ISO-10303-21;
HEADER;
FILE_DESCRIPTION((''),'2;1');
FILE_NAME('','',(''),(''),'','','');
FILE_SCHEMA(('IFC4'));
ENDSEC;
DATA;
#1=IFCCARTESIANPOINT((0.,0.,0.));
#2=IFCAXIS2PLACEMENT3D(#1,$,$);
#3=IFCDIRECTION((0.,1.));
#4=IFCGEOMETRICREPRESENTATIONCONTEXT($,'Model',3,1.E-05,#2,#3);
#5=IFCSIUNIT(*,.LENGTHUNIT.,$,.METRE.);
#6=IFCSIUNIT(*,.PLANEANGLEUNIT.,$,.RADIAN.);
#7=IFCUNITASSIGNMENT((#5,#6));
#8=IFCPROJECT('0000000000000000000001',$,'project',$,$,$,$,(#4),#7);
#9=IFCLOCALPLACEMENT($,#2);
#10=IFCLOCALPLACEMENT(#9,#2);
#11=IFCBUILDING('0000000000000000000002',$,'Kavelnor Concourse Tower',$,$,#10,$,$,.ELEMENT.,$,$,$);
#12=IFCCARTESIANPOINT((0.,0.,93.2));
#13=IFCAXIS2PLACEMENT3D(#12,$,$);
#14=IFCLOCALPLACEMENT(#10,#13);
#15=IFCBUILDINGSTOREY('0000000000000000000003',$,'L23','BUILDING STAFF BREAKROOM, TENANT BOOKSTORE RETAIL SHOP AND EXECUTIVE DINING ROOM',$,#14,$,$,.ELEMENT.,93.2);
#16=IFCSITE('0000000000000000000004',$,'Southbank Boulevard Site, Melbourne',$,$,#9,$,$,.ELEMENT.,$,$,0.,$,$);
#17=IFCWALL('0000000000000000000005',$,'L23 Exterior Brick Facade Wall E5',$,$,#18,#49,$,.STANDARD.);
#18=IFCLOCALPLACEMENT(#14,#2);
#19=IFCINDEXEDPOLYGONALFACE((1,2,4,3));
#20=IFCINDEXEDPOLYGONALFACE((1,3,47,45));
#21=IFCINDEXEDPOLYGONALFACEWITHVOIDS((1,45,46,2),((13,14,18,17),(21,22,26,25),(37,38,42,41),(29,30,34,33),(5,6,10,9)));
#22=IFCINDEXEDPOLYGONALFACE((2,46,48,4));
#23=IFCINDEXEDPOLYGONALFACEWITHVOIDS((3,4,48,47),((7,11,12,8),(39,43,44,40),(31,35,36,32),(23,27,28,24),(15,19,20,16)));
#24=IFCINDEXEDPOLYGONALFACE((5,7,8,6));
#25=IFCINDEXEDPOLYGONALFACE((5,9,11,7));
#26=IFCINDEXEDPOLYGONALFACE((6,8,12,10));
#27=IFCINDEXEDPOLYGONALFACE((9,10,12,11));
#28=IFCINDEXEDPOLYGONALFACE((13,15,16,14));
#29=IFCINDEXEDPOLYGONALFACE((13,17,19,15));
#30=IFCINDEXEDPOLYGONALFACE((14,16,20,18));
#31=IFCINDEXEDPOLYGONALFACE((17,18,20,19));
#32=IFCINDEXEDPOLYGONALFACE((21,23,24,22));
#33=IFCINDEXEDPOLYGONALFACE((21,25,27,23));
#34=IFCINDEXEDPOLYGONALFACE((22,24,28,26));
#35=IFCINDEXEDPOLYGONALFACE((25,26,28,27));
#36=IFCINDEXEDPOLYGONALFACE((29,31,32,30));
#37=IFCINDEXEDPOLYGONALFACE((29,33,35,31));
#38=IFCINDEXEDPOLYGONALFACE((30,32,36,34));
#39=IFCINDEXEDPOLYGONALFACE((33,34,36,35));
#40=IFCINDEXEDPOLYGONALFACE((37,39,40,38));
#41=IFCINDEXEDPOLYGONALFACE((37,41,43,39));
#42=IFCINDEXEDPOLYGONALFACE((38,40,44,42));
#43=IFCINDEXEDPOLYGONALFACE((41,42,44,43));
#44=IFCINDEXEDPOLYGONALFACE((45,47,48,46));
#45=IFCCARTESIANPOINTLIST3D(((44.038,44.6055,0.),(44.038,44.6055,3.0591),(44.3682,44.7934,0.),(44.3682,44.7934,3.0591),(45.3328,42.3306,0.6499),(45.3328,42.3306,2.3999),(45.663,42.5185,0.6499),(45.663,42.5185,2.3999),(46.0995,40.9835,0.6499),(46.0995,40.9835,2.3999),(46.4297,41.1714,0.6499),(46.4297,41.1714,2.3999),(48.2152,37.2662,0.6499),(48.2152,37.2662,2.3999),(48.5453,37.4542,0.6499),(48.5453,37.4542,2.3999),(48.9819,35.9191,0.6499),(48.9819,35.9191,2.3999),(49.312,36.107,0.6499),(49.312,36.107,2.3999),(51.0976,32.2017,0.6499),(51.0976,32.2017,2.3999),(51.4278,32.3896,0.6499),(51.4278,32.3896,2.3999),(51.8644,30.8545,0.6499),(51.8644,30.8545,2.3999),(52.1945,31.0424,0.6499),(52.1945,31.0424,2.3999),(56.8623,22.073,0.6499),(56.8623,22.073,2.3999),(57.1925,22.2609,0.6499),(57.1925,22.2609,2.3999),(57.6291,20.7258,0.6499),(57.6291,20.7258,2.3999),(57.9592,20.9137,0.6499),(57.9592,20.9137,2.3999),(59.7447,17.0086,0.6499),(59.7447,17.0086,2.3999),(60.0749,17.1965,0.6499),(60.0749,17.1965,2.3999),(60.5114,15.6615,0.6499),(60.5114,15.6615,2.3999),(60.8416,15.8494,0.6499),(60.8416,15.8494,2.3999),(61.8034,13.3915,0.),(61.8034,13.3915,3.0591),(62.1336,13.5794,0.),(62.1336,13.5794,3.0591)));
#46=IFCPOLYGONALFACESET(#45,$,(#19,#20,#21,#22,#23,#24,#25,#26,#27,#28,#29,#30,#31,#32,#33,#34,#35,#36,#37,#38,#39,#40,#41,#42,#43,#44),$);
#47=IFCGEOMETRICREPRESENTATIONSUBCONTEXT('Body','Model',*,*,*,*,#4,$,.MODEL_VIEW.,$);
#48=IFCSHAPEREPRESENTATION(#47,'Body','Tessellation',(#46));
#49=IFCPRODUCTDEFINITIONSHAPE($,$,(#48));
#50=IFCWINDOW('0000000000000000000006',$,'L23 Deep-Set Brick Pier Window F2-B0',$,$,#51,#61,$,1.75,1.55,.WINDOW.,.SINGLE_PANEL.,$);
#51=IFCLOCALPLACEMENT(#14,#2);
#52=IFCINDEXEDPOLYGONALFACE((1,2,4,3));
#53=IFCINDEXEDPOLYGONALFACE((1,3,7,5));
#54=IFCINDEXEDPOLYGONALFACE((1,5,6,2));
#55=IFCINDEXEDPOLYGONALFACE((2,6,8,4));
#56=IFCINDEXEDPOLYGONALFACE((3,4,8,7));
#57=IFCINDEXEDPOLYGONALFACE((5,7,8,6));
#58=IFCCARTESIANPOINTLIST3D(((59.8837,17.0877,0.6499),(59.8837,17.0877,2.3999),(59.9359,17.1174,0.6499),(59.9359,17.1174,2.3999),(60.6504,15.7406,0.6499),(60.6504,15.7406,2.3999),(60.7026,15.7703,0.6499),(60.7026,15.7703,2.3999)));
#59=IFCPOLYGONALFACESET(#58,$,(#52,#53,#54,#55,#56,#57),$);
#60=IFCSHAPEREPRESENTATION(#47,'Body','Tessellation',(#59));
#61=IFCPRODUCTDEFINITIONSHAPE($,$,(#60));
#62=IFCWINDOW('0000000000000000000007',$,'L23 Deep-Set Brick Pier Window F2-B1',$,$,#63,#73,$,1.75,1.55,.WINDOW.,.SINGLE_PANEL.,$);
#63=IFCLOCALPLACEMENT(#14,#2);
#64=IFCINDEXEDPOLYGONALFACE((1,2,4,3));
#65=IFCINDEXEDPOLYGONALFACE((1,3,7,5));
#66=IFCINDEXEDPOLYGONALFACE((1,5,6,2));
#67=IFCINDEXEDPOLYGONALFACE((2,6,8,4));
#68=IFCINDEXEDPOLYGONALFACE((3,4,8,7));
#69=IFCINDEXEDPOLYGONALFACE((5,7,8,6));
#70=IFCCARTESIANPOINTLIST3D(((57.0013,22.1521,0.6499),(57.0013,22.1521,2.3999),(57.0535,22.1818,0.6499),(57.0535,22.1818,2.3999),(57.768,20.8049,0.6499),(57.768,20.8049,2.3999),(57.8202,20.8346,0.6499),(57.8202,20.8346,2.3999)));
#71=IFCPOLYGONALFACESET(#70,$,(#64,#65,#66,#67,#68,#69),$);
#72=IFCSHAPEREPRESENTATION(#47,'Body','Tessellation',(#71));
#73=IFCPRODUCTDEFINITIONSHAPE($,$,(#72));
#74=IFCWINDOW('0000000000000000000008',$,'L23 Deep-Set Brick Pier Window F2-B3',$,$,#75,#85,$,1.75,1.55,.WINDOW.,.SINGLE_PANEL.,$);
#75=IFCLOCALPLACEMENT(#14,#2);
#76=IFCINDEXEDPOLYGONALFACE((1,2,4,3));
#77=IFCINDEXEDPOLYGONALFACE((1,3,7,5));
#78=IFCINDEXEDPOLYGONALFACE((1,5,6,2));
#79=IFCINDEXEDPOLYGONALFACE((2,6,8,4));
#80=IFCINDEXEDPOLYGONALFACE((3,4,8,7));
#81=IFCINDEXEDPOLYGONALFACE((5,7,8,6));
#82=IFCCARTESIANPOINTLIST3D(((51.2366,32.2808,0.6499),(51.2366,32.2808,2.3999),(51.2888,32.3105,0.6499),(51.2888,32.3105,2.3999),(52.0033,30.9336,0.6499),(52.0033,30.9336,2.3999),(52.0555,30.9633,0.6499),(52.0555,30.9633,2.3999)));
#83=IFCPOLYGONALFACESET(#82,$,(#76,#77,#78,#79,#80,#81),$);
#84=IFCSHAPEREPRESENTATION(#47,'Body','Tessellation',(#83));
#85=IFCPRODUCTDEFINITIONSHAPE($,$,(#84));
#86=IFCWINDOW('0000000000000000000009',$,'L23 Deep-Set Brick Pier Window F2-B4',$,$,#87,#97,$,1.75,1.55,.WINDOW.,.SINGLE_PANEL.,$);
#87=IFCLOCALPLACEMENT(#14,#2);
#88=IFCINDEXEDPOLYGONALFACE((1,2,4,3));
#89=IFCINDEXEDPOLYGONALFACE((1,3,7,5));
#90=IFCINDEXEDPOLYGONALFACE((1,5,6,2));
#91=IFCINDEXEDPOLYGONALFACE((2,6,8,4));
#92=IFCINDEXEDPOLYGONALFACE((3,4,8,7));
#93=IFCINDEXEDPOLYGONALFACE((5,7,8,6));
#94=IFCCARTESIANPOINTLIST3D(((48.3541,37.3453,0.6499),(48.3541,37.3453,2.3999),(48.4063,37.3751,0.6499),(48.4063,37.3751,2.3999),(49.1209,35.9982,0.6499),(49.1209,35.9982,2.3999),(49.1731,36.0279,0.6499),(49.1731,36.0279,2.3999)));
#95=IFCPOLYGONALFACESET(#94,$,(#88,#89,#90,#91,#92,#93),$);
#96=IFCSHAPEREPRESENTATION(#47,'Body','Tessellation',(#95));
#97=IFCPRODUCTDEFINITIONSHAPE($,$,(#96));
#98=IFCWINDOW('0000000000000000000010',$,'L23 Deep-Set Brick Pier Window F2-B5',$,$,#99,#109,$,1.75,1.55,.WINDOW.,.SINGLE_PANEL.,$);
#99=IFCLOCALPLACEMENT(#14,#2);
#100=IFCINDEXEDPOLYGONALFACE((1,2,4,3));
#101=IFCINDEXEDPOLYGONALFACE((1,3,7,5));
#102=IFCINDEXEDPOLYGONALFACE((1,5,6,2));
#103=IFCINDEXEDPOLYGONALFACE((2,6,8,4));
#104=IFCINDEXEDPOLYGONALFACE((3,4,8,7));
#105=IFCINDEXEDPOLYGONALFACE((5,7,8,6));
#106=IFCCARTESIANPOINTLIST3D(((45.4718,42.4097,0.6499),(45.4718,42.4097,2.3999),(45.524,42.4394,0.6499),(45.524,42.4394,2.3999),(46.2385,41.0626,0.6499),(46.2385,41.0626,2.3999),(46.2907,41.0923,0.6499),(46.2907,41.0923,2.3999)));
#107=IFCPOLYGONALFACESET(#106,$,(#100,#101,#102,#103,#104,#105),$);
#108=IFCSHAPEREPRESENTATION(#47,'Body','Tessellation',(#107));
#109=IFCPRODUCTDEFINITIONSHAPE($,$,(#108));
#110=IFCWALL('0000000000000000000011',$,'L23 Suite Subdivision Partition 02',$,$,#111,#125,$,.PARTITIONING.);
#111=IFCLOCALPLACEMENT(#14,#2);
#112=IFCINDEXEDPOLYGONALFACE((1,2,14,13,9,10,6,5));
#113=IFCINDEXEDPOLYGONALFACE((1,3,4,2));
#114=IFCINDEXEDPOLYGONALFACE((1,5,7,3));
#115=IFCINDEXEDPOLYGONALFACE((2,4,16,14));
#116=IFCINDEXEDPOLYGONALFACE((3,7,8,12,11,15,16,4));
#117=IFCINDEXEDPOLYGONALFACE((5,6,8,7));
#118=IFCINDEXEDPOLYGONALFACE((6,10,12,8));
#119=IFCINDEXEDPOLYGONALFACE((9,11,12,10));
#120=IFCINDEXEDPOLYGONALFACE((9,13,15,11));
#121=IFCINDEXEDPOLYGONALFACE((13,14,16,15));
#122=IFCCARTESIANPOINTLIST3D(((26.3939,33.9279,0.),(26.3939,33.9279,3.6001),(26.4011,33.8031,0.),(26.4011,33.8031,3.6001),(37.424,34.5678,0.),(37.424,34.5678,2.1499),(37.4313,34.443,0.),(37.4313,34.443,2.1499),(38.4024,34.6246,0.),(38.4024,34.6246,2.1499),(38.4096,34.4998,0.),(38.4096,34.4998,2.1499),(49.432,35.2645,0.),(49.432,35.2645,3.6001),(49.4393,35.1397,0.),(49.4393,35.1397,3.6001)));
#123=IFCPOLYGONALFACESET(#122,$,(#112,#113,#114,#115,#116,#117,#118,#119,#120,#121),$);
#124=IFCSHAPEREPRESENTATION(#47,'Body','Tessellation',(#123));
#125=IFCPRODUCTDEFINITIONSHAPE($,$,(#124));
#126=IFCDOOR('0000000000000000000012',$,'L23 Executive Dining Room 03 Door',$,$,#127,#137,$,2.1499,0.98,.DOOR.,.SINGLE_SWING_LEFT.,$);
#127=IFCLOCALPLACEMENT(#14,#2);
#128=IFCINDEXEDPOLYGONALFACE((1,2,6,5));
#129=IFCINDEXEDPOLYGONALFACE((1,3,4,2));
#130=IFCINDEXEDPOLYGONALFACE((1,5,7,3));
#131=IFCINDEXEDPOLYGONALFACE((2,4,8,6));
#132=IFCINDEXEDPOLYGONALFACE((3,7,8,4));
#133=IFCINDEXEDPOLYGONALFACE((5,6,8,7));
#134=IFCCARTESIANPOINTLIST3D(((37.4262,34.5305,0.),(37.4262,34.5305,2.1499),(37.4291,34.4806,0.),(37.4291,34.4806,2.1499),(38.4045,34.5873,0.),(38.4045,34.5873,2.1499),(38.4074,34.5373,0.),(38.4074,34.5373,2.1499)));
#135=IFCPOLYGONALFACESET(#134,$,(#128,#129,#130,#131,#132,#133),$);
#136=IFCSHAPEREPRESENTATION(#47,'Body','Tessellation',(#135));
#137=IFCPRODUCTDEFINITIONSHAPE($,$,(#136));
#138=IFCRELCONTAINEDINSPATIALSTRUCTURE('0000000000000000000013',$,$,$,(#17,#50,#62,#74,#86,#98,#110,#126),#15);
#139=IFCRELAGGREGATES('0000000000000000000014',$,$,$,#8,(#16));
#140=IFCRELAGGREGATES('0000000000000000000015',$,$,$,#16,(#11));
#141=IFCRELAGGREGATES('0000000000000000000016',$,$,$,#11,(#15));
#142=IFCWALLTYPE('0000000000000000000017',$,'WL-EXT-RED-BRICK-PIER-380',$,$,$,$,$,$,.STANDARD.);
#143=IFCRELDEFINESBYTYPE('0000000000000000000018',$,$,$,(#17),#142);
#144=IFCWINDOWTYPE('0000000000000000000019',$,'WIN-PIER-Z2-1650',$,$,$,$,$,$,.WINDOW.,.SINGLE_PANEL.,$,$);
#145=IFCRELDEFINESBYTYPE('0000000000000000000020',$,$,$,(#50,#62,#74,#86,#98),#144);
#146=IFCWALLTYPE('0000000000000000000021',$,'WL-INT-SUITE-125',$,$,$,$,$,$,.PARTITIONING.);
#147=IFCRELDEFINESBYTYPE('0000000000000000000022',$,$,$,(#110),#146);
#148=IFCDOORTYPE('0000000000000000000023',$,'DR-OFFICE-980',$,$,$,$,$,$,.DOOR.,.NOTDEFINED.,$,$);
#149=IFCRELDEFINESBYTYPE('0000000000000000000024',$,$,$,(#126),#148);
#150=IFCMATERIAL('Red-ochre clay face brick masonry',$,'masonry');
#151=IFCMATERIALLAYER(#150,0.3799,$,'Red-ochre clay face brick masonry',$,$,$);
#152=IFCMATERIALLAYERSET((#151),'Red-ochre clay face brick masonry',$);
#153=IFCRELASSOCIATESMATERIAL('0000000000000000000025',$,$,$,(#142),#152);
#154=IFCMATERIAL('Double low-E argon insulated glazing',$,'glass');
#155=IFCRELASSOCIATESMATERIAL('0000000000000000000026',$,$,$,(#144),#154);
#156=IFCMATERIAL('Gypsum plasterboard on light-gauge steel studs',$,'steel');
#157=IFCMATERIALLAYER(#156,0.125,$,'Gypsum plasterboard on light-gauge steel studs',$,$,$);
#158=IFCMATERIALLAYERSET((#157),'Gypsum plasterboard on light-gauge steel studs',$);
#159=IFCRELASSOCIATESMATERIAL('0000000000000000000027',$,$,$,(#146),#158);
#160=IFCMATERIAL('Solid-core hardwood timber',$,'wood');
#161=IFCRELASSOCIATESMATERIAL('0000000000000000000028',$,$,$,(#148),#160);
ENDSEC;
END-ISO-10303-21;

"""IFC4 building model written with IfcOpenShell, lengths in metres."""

from ifc_helpers import new_model, si_unit, direction, frame, frame_2d, origin, place, context, subcontext, project, spatial, rectangle, extrude, material, layer, layer_set, type_object, element, fill, save


model = new_model("IFC4")

# Units and contexts
model_context = context("Model", 3, precision=1e-05, world=origin(), true_north=direction((0.0, 1.0)))
body_context = subcontext(model_context, "Body", "Model", "MODEL_VIEW")
ifc_project = project(units=[si_unit("LENGTHUNIT", "METRE"), si_unit("PLANEANGLEUNIT", "RADIAN")], contexts=[model_context])

# Site, building, storey
site_placement = place(None, origin())
site = spatial("IfcSite", under=ifc_project, at=site_placement, Name="Southbank Boulevard Site, Melbourne", CompositionType="ELEMENT", RefElevation=0.0)
building_placement = place(site_placement, origin())
building = spatial("IfcBuilding", under=site, at=building_placement, Name="Kavelnor Concourse Tower", CompositionType="ELEMENT")
storey_placement = place(building_placement, frame((0.0, 0.0, 93.2)))
storey = spatial("IfcBuildingStorey", under=building, at=storey_placement, Name="L23", Description="BUILDING STAFF BREAKROOM, TENANT BOOKSTORE RETAIL SHOP AND EXECUTIVE DINING ROOM", CompositionType="ELEMENT", Elevation=93.2)

# Wall, openings, windows
ifc_material_1 = material(Name="Red-ochre clay face brick masonry", Category="masonry")
ifc_layer_1 = layer(ifc_material_1, 0.3799, Name="Red-ochre clay face brick masonry")
ifc_layer_set_1 = layer_set([ifc_layer_1], Name="Red-ochre clay face brick masonry")
wall_type_1 = type_object("IfcWallType", Name="WL-EXT-RED-BRICK-PIER-380", PredefinedType="STANDARD", material=ifc_layer_set_1)
wall_1_placement = place(storey_placement, frame((44.2031, 44.6995, 0.0), z_axis=(0.0, 0.0, 1.0), x_axis=(0.494643, -0.869096, 0.0)))
wall_1 = element("IfcWall", 1, at=wall_1_placement, inside=storey, type_object=wall_type_1, Name="L23 Exterior Brick Facade Wall E5", PredefinedType="STANDARD", context=body_context, shape_type="SweptSolid", body=[
    extrude(rectangle(XDim=35.9155, YDim=0.3799, at=frame_2d((17.9578, 0.0))), origin(), (0.0, 0.0, 1.0), 3.0591),
])
opening_1_placement = place(wall_1_placement, frame((31.7537, 0.0, 0.6499)))
opening_1 = element("IfcOpeningElement", 2, at=opening_1_placement, cuts=wall_1, PredefinedType="OPENING", context=body_context, shape_type="SweptSolid", body=[
    extrude(rectangle(XDim=1.55, YDim=1.75, at=frame_2d((0.7749, 0.875))), frame((0.0, 0.2, 0.0), z_axis=(0.0, -1.0, 0.0), x_axis=(1.0, 0.0, 0.0)), (0.0, 0.0, 1.0), 0.3999),
])
opening_2_placement = place(wall_1_placement, frame((25.9265, 0.0, 0.6499)))
opening_2 = element("IfcOpeningElement", 3, at=opening_2_placement, cuts=wall_1, PredefinedType="OPENING", context=body_context, shape_type="SweptSolid", body=[
    extrude(rectangle(XDim=1.55, YDim=1.75, at=frame_2d((0.7749, 0.875))), frame((0.0, 0.2, 0.0), z_axis=(0.0, -1.0, 0.0), x_axis=(1.0, 0.0, 0.0)), (0.0, 0.0, 1.0), 0.3999),
])
opening_3_placement = place(wall_1_placement, frame((14.2722, 0.0, 0.6499)))
opening_3 = element("IfcOpeningElement", 4, at=opening_3_placement, cuts=wall_1, PredefinedType="OPENING", context=body_context, shape_type="SweptSolid", body=[
    extrude(rectangle(XDim=1.55, YDim=1.75, at=frame_2d((0.7749, 0.875))), frame((0.0, 0.2, 0.0), z_axis=(0.0, -1.0, 0.0), x_axis=(1.0, 0.0, 0.0)), (0.0, 0.0, 1.0), 0.3999),
])
opening_4_placement = place(wall_1_placement, frame((8.4448, 0.0, 0.6499)))
opening_4 = element("IfcOpeningElement", 5, at=opening_4_placement, cuts=wall_1, PredefinedType="OPENING", context=body_context, shape_type="SweptSolid", body=[
    extrude(rectangle(XDim=1.55, YDim=1.75, at=frame_2d((0.7749, 0.875))), frame((0.0, 0.2, 0.0), z_axis=(0.0, -1.0, 0.0), x_axis=(1.0, 0.0, 0.0)), (0.0, 0.0, 1.0), 0.3999),
])
opening_5_placement = place(wall_1_placement, frame((2.6177, 0.0, 0.6499)))
opening_5 = element("IfcOpeningElement", 6, at=opening_5_placement, cuts=wall_1, PredefinedType="OPENING", context=body_context, shape_type="SweptSolid", body=[
    extrude(rectangle(XDim=1.55, YDim=1.75, at=frame_2d((0.7749, 0.875))), frame((0.0, 0.2, 0.0), z_axis=(0.0, -1.0, 0.0), x_axis=(1.0, 0.0, 0.0)), (0.0, 0.0, 1.0), 0.3999),
])
ifc_material_2 = material(Name="Double low-E argon insulated glazing", Category="glass")
window_type = type_object("IfcWindowType", Name="WIN-PIER-Z2-1650", PartitioningType="SINGLE_PANEL", PredefinedType="WINDOW", material=ifc_material_2)
window_1_placement = place(opening_1_placement, origin())
window_1 = element("IfcWindow", 7, at=window_1_placement, inside=storey, type_object=window_type, Name="L23 Deep-Set Brick Pier Window F2-B0", OverallHeight=1.75, OverallWidth=1.55, PartitioningType="SINGLE_PANEL", PredefinedType="WINDOW", context=body_context, shape_type="SweptSolid", body=[
    extrude(rectangle(XDim=1.55, YDim=1.75, at=frame_2d((0.7749, 0.875))), frame((0.0, 0.03, 0.0), z_axis=(0.0, -1.0, 0.0), x_axis=(1.0, 0.0, 0.0)), (0.0, 0.0, 1.0), 0.0601),
])
fill(opening_1, window_1)
window_2_placement = place(opening_2_placement, origin())
window_2 = element("IfcWindow", 8, at=window_2_placement, inside=storey, type_object=window_type, Name="L23 Deep-Set Brick Pier Window F2-B1", OverallHeight=1.75, OverallWidth=1.55, PartitioningType="SINGLE_PANEL", PredefinedType="WINDOW", context=body_context, shape_type="SweptSolid", body=[
    extrude(rectangle(XDim=1.55, YDim=1.75, at=frame_2d((0.7749, 0.875))), frame((0.0, 0.03, 0.0), z_axis=(0.0, -1.0, 0.0), x_axis=(1.0, 0.0, 0.0)), (0.0, 0.0, 1.0), 0.0601),
])
fill(opening_2, window_2)
window_3_placement = place(opening_3_placement, origin())
window_3 = element("IfcWindow", 9, at=window_3_placement, inside=storey, type_object=window_type, Name="L23 Deep-Set Brick Pier Window F2-B3", OverallHeight=1.75, OverallWidth=1.55, PartitioningType="SINGLE_PANEL", PredefinedType="WINDOW", context=body_context, shape_type="SweptSolid", body=[
    extrude(rectangle(XDim=1.55, YDim=1.75, at=frame_2d((0.7749, 0.875))), frame((0.0, 0.03, 0.0), z_axis=(0.0, -1.0, 0.0), x_axis=(1.0, 0.0, 0.0)), (0.0, 0.0, 1.0), 0.0601),
])
fill(opening_3, window_3)
window_4_placement = place(opening_4_placement, origin())
window_4 = element("IfcWindow", 10, at=window_4_placement, inside=storey, type_object=window_type, Name="L23 Deep-Set Brick Pier Window F2-B4", OverallHeight=1.75, OverallWidth=1.55, PartitioningType="SINGLE_PANEL", PredefinedType="WINDOW", context=body_context, shape_type="SweptSolid", body=[
    extrude(rectangle(XDim=1.55, YDim=1.75, at=frame_2d((0.7749, 0.875))), frame((0.0, 0.03, 0.0), z_axis=(0.0, -1.0, 0.0), x_axis=(1.0, 0.0, 0.0)), (0.0, 0.0, 1.0), 0.0601),
])
fill(opening_4, window_4)
window_5_placement = place(opening_5_placement, origin())
window_5 = element("IfcWindow", 11, at=window_5_placement, inside=storey, type_object=window_type, Name="L23 Deep-Set Brick Pier Window F2-B5", OverallHeight=1.75, OverallWidth=1.55, PartitioningType="SINGLE_PANEL", PredefinedType="WINDOW", context=body_context, shape_type="SweptSolid", body=[
    extrude(rectangle(XDim=1.55, YDim=1.75, at=frame_2d((0.7749, 0.875))), frame((0.0, 0.03, 0.0), z_axis=(0.0, -1.0, 0.0), x_axis=(1.0, 0.0, 0.0)), (0.0, 0.0, 1.0), 0.0601),
])
fill(opening_5, window_5)

# Wall, opening, door
ifc_material_3 = material(Name="Gypsum plasterboard on light-gauge steel studs", Category="steel")
ifc_layer_2 = layer(ifc_material_3, 0.125, Name="Gypsum plasterboard on light-gauge steel studs")
ifc_layer_set_2 = layer_set([ifc_layer_2], Name="Gypsum plasterboard on light-gauge steel studs")
wall_type_2 = type_object("IfcWallType", Name="WL-INT-SUITE-125", PredefinedType="PARTITIONING", material=ifc_layer_set_2)
wall_2_placement = place(storey_placement, frame((49.4358, 35.2021, 0.0), z_axis=(0.0, 0.0, 1.0), x_axis=(-0.998321, -0.057923, 0.0)))
wall_2 = element("IfcWall", 12, at=wall_2_placement, inside=storey, type_object=wall_type_2, Name="L23 Suite Subdivision Partition 02", PredefinedType="PARTITIONING", context=body_context, shape_type="SweptSolid", body=[
    extrude(rectangle(XDim=23.0769, YDim=0.125, at=frame_2d((11.5386, 0.0))), origin(), (0.0, 0.0, 1.0), 3.6001),
])
opening_6_placement = place(wall_2_placement, frame((11.0483, 0.0, 0.0)))
opening_6 = element("IfcOpeningElement", 13, at=opening_6_placement, cuts=wall_2, PredefinedType="OPENING", context=body_context, shape_type="SweptSolid", body=[
    extrude(rectangle(XDim=0.98, YDim=2.1499, at=frame_2d((0.49, 1.075))), frame((0.0, 0.0725, 0.0), z_axis=(0.0, -1.0, 0.0), x_axis=(1.0, 0.0, 0.0)), (0.0, 0.0, 1.0), 0.145),
])
ifc_material_4 = material(Name="Solid-core hardwood timber", Category="wood")
door_type = type_object("IfcDoorType", Name="DR-OFFICE-980", OperationType="NOTDEFINED", PredefinedType="DOOR", material=ifc_material_4)
door_placement = place(opening_6_placement, origin())
door = element("IfcDoor", 14, at=door_placement, inside=storey, type_object=door_type, Name="L23 Executive Dining Room 03 Door", OperationType="SINGLE_SWING_LEFT", OverallHeight=2.1499, OverallWidth=0.98, PredefinedType="DOOR", context=body_context, shape_type="SweptSolid", body=[
    extrude(rectangle(XDim=0.98, YDim=2.1499, at=frame_2d((0.49, 1.075))), frame((0.0, 0.0249, 0.0), z_axis=(0.0, -1.0, 0.0), x_axis=(1.0, 0.0, 0.0)), (0.0, 0.0, 1.0), 0.05),
])
fill(opening_6, door)

save(model, "model.ifc")
